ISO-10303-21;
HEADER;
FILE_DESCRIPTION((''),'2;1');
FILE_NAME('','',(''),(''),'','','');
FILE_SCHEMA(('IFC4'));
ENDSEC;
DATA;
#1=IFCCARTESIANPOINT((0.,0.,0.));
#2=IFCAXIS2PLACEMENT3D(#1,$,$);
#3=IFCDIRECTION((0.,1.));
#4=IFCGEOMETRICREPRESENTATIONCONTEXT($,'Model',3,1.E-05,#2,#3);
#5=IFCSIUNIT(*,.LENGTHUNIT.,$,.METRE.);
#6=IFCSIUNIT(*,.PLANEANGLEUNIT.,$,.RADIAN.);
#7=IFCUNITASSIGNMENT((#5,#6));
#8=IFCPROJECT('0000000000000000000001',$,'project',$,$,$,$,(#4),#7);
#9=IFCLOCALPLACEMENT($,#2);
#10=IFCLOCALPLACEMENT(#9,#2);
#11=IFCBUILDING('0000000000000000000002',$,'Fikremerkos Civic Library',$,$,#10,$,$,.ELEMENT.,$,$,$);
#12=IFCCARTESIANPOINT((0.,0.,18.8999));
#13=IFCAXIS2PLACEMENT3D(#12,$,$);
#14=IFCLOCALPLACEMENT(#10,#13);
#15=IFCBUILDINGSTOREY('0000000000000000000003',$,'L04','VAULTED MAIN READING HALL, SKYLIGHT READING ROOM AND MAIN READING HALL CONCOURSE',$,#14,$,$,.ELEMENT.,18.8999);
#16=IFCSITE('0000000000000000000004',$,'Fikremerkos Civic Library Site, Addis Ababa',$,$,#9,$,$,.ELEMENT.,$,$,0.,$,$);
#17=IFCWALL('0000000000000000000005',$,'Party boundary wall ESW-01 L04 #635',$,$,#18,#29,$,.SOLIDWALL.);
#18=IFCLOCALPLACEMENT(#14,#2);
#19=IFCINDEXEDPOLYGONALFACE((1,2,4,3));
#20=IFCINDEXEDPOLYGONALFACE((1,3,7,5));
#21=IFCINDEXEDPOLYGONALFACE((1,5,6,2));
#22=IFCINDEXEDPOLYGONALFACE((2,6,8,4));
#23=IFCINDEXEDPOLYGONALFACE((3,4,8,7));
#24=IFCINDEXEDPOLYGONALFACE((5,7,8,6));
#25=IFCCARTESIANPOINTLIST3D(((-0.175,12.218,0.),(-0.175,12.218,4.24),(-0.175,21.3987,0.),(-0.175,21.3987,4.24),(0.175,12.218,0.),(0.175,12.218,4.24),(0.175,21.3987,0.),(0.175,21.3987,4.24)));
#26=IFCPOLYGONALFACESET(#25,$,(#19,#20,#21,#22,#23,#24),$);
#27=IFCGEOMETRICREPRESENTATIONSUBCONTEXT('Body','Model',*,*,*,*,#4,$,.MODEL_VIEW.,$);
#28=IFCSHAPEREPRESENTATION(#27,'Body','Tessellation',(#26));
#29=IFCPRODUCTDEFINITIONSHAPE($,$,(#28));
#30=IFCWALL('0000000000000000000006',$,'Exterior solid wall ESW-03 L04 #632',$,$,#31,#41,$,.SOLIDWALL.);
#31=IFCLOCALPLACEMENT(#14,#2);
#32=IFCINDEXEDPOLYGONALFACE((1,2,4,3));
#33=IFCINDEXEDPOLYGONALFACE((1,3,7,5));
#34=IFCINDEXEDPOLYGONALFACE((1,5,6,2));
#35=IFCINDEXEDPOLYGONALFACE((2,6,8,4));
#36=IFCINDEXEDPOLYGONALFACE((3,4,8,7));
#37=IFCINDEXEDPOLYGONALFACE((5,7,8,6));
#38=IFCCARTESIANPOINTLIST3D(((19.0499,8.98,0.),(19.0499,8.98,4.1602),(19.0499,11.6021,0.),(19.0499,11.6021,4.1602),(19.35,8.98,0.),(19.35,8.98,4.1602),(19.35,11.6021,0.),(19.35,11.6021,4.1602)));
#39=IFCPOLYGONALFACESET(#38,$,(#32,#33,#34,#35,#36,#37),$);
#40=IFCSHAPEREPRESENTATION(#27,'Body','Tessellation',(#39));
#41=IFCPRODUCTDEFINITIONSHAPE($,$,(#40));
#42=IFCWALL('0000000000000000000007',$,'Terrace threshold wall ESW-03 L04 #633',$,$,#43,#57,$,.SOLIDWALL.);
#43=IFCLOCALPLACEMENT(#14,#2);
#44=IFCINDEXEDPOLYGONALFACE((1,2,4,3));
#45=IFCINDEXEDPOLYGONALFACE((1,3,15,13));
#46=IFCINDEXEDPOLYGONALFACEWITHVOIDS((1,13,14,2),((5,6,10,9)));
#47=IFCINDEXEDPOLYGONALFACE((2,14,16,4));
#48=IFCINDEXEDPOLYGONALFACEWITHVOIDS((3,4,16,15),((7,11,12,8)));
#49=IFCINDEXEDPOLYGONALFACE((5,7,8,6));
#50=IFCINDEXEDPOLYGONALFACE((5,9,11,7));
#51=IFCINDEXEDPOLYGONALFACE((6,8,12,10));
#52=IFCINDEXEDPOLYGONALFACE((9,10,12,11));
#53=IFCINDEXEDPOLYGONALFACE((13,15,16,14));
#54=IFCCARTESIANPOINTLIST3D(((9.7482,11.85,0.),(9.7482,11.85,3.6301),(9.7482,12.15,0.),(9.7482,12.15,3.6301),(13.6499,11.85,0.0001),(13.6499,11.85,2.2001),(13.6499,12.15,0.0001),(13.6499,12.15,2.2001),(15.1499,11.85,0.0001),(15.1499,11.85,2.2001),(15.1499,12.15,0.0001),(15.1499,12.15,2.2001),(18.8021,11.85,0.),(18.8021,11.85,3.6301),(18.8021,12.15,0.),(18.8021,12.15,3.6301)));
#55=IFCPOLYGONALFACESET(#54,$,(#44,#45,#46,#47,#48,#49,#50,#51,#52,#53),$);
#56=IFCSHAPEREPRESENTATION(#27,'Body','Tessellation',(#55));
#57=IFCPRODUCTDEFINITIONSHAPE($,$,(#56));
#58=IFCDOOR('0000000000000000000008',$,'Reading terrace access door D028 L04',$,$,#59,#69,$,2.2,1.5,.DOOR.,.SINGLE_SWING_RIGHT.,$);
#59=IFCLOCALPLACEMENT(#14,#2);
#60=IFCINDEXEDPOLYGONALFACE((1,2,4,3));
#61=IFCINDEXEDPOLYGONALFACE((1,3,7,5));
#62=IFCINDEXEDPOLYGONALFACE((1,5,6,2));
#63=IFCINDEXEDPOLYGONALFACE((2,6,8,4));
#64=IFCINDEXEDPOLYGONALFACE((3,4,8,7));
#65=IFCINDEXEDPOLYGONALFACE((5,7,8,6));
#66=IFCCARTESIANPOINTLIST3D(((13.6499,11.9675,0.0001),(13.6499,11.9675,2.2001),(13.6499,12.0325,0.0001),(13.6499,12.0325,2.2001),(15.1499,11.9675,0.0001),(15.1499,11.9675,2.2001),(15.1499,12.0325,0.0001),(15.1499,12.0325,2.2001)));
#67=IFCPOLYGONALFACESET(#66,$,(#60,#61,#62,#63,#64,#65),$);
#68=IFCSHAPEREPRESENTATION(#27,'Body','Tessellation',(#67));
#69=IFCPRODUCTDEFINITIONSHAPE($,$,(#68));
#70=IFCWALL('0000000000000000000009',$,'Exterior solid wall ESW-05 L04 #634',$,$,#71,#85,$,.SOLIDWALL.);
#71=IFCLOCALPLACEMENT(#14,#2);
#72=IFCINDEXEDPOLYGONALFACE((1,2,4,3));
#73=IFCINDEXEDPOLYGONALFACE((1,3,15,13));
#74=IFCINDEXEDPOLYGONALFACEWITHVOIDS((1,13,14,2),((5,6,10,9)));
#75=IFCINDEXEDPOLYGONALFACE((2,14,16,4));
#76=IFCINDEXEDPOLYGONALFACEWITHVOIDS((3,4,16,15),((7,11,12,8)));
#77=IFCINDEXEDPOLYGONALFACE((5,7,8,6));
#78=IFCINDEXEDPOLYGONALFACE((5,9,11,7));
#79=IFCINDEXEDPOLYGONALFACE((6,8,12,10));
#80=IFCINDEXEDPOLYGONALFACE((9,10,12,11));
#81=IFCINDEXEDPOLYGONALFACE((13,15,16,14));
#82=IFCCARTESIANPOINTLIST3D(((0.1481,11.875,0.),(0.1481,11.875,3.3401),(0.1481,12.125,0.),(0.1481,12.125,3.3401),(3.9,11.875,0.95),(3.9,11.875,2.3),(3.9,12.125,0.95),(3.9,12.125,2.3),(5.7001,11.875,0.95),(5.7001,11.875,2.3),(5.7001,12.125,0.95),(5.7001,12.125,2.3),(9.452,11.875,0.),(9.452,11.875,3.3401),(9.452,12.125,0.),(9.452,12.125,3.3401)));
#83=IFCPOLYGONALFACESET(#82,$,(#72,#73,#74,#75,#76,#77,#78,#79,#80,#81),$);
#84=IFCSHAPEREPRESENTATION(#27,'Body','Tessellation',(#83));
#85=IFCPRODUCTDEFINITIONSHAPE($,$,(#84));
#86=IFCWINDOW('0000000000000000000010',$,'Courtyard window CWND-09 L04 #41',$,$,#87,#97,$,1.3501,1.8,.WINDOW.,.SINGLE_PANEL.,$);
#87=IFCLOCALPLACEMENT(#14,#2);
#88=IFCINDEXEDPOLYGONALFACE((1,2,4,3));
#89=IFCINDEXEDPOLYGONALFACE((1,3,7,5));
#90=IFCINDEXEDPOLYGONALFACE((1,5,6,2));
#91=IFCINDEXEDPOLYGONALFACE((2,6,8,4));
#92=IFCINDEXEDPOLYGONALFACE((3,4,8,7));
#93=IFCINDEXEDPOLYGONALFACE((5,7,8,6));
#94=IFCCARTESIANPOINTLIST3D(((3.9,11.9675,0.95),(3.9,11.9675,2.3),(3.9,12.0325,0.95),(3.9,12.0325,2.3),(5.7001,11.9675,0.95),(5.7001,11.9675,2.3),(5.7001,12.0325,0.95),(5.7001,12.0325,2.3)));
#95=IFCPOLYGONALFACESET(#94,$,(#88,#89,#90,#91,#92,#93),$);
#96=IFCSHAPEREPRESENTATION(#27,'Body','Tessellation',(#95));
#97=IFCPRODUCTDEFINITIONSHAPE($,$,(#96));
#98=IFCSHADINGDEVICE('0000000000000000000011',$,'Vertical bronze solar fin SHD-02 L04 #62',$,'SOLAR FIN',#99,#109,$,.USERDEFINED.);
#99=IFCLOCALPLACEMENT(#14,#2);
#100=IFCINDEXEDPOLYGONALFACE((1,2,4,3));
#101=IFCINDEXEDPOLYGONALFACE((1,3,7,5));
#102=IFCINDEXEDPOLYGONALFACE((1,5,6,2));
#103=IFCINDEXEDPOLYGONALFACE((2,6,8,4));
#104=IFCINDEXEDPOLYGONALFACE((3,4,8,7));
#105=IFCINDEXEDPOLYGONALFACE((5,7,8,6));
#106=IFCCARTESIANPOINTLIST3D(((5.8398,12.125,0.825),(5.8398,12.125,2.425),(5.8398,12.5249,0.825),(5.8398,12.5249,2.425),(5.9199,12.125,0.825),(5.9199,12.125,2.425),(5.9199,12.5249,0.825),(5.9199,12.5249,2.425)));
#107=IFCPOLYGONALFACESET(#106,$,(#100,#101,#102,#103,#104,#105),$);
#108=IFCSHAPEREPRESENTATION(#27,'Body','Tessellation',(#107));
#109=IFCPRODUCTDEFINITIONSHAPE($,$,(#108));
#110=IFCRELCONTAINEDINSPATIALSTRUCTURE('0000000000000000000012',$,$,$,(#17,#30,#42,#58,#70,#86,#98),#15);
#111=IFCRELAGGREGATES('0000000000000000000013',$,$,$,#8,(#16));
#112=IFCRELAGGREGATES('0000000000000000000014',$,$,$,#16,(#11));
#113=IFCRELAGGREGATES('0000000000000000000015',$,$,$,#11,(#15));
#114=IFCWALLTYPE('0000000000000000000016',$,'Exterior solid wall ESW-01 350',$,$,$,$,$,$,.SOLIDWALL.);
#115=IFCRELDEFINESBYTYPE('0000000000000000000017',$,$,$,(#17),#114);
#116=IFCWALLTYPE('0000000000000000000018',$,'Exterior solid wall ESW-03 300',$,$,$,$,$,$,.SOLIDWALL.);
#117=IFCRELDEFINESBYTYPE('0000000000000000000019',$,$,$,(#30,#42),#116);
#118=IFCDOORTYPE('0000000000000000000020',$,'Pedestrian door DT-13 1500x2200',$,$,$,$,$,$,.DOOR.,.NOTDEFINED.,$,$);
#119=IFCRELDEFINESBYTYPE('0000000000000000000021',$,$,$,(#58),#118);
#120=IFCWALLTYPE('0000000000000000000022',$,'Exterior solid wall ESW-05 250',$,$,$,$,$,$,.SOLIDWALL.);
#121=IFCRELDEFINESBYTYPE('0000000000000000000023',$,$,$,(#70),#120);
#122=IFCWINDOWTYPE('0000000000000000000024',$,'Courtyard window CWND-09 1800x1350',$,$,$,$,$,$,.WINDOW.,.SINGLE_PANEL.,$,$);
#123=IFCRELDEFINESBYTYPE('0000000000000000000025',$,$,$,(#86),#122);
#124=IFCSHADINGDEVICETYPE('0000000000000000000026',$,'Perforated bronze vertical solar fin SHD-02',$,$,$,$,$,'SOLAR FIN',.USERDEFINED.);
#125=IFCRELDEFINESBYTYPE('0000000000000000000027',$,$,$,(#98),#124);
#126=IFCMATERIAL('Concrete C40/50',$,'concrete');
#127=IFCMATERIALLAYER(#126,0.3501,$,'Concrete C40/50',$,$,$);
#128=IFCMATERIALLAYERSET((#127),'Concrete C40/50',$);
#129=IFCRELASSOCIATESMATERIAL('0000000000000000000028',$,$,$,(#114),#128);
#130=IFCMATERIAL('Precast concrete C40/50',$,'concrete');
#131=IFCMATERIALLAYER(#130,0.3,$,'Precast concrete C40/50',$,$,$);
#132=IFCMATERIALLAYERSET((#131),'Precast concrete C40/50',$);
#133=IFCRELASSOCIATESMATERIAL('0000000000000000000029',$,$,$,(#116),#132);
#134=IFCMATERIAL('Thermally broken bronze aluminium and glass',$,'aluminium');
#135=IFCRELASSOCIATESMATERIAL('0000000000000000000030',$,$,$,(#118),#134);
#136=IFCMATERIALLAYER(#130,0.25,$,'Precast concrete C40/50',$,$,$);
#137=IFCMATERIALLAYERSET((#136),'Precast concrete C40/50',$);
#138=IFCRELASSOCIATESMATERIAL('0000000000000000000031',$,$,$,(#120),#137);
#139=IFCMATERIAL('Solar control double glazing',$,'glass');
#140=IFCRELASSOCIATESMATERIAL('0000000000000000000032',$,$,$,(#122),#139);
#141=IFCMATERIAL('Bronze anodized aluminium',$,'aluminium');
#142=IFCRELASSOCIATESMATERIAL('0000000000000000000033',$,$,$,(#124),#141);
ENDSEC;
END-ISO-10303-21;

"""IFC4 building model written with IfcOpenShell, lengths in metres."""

from ifc_helpers import new_model, si_unit, direction, frame, frame_2d, origin, origin_2d, place, context, subcontext, project, spatial, rectangle, extrude, material, layer, layer_set, type_object, element, fill, save


model = new_model("IFC4")

# Units and contexts
model_context = context("Model", 3, precision=1e-05, world=origin(), true_north=direction((0.0, 1.0)))
body_context = subcontext(model_context, "Body", "Model", "MODEL_VIEW")
ifc_project = project(units=[si_unit("LENGTHUNIT", "METRE"), si_unit("PLANEANGLEUNIT", "RADIAN")], contexts=[model_context])

# Site, building, storey
site_placement = place(None, origin())
site = spatial("IfcSite", under=ifc_project, at=site_placement, Name="Fikremerkos Civic Library Site, Addis Ababa", CompositionType="ELEMENT", RefElevation=0.0)
building_placement = place(site_placement, origin())
building = spatial("IfcBuilding", under=site, at=building_placement, Name="Fikremerkos Civic Library", CompositionType="ELEMENT")
storey_placement = place(building_placement, frame((0.0, 0.0, 18.8999)))
storey = spatial("IfcBuildingStorey", under=building, at=storey_placement, Name="L04", Description="VAULTED MAIN READING HALL, SKYLIGHT READING ROOM AND MAIN READING HALL CONCOURSE", CompositionType="ELEMENT", Elevation=18.8999)

# Shared definitions
ifc_material_1 = material(Name="Concrete C40/50", Category="concrete")

# Walls
ifc_layer_1 = layer(ifc_material_1, 0.3501, Name="Concrete C40/50")
ifc_layer_set_1 = layer_set([ifc_layer_1], Name="Concrete C40/50")
wall_type_1 = type_object("IfcWallType", Name="Exterior solid wall ESW-01 350", PredefinedType="SOLIDWALL", material=ifc_layer_set_1)
wall_1_placement = place(storey_placement, frame((0.0, 12.218, 0.0), z_axis=(0.0, 0.0, 1.0), x_axis=(0.0, 1.0, 0.0)))
element("IfcWall", 1, at=wall_1_placement, inside=storey, type_object=wall_type_1, Name="Party boundary wall ESW-01 L04 #635", PredefinedType="SOLIDWALL", context=body_context, shape_type="SweptSolid", body=[
    extrude(rectangle(XDim=9.1807, YDim=0.3501, at=frame_2d((4.5903, 0.0))), origin(), (0.0, 0.0, 1.0), 4.24),
])
ifc_material_2 = material(Name="Precast concrete C40/50", Category="concrete")
ifc_layer_2 = layer(ifc_material_2, 0.3, Name="Precast concrete C40/50")
ifc_layer_set_2 = layer_set([ifc_layer_2], Name="Precast concrete C40/50")
wall_type_2 = type_object("IfcWallType", Name="Exterior solid wall ESW-03 300", PredefinedType="SOLIDWALL", material=ifc_layer_set_2)
wall_2_placement = place(storey_placement, frame((19.2, 8.98, 0.0), z_axis=(0.0, 0.0, 1.0), x_axis=(0.0, 1.0, 0.0)))
element("IfcWall", 2, at=wall_2_placement, inside=storey, type_object=wall_type_2, Name="Exterior solid wall ESW-03 L04 #632", PredefinedType="SOLIDWALL", context=body_context, shape_type="SweptSolid", body=[
    extrude(rectangle(XDim=2.6221, YDim=0.3, at=frame_2d((1.311, 0.0))), origin(), (0.0, 0.0, 1.0), 4.1602),
])

# Wall, opening, door
wall_3_placement = place(storey_placement, frame((18.802, 12.0, 0.0), z_axis=(0.0, 0.0, 1.0), x_axis=(-1.0, 0.0, 0.0)))
wall_3 = element("IfcWall", 3, at=wall_3_placement, inside=storey, type_object=wall_type_2, Name="Terrace threshold wall ESW-03 L04 #633", PredefinedType="SOLIDWALL", context=body_context, shape_type="SweptSolid", body=[
    extrude(rectangle(XDim=9.054, YDim=0.3, at=frame_2d((4.5269, 0.0))), origin(), (0.0, 0.0, 1.0), 3.6301),
])
opening_1_placement = place(wall_3_placement, frame((3.6521, 0.0, 0.0)))
opening_1 = element("IfcOpeningElement", 4, at=opening_1_placement, cuts=wall_3, PredefinedType="OPENING", context=body_context, shape_type="SweptSolid", body=[
    extrude(rectangle(XDim=1.5, YDim=2.2, at=frame_2d((0.75, 1.1001))), frame((0.0, 0.1599, 0.0), z_axis=(0.0, -1.0, 0.0), x_axis=(1.0, 0.0, 0.0)), (0.0, 0.0, 1.0), 0.3201),
])
ifc_material_3 = material(Name="Thermally broken bronze aluminium and glass", Category="aluminium")
door_type = type_object("IfcDoorType", Name="Pedestrian door DT-13 1500x2200", OperationType="NOTDEFINED", PredefinedType="DOOR", material=ifc_material_3)
door_placement = place(opening_1_placement, origin())
door = element("IfcDoor", 5, at=door_placement, inside=storey, type_object=door_type, Name="Reading terrace access door D028 L04", OperationType="SINGLE_SWING_RIGHT", OverallHeight=2.2, OverallWidth=1.5, PredefinedType="DOOR", context=body_context, shape_type="SweptSolid", body=[
    extrude(rectangle(XDim=1.5, YDim=2.2, at=frame_2d((0.75, 1.1001))), frame((0.0, 0.0325, 0.0), z_axis=(0.0, -1.0, 0.0), x_axis=(1.0, 0.0, 0.0)), (0.0, 0.0, 1.0), 0.0649),
])
fill(opening_1, door)

# Wall, opening, window
ifc_layer_3 = layer(ifc_material_2, 0.25, Name="Precast concrete C40/50")
ifc_layer_set_3 = layer_set([ifc_layer_3], Name="Precast concrete C40/50")
wall_type_3 = type_object("IfcWallType", Name="Exterior solid wall ESW-05 250", PredefinedType="SOLIDWALL", material=ifc_layer_set_3)
wall_4_placement = place(storey_placement, frame((9.4519, 12.0, 0.0), z_axis=(0.0, 0.0, 1.0), x_axis=(-1.0, 0.0, 0.0)))
wall_4 = element("IfcWall", 6, at=wall_4_placement, inside=storey, type_object=wall_type_3, Name="Exterior solid wall ESW-05 L04 #634", PredefinedType="SOLIDWALL", context=body_context, shape_type="SweptSolid", body=[
    extrude(rectangle(XDim=9.304, YDim=0.25, at=frame_2d((4.6519, 0.0))), origin(), (0.0, 0.0, 1.0), 3.3401),
])
opening_2_placement = place(wall_4_placement, frame((3.752, 0.0, 0.95)))
opening_2 = element("IfcOpeningElement", 7, at=opening_2_placement, cuts=wall_4, PredefinedType="OPENING", context=body_context, shape_type="SweptSolid", body=[
    extrude(rectangle(XDim=1.8, YDim=1.3501, at=frame_2d((0.8999, 0.675))), frame((0.0, 0.135, 0.0), z_axis=(0.0, -1.0, 0.0), x_axis=(1.0, 0.0, 0.0)), (0.0, 0.0, 1.0), 0.27),
])
ifc_material_4 = material(Name="Solar control double glazing", Category="glass")
window_type = type_object("IfcWindowType", Name="Courtyard window CWND-09 1800x1350", PartitioningType="SINGLE_PANEL", PredefinedType="WINDOW", material=ifc_material_4)
window_placement = place(opening_2_placement, origin())
window = element("IfcWindow", 8, at=window_placement, inside=storey, type_object=window_type, Name="Courtyard window CWND-09 L04 #41", OverallHeight=1.3501, OverallWidth=1.8, PartitioningType="SINGLE_PANEL", PredefinedType="WINDOW", context=body_context, shape_type="SweptSolid", body=[
    extrude(rectangle(XDim=1.8, YDim=1.3501, at=frame_2d((0.8999, 0.675))), frame((0.0, 0.0325, 0.0), z_axis=(0.0, -1.0, 0.0), x_axis=(1.0, 0.0, 0.0)), (0.0, 0.0, 1.0), 0.0649),
])
fill(opening_2, window)

# Shading device
ifc_material_5 = material(Name="Bronze anodized aluminium", Category="aluminium")
shading_device_type = type_object("IfcShadingDeviceType", Name="Perforated bronze vertical solar fin SHD-02", ElementType="SOLAR FIN", PredefinedType="USERDEFINED", material=ifc_material_5)
shading_device_placement = place(storey_placement, frame((5.8799, 12.325, 0.825), z_axis=(0.0, 0.0, 1.0), x_axis=(1.0, 0.0, 0.0)))
element("IfcShadingDevice", 9, at=shading_device_placement, inside=storey, type_object=shading_device_type, Name="Vertical bronze solar fin SHD-02 L04 #62", ObjectType="SOLAR FIN", PredefinedType="USERDEFINED", context=body_context, shape_type="SweptSolid", body=[
    extrude(rectangle(XDim=0.0801, YDim=0.3999, at=origin_2d()), origin(), (0.0, 0.0, 1.0), 1.6001),
])

save(model, "model.ifc")
